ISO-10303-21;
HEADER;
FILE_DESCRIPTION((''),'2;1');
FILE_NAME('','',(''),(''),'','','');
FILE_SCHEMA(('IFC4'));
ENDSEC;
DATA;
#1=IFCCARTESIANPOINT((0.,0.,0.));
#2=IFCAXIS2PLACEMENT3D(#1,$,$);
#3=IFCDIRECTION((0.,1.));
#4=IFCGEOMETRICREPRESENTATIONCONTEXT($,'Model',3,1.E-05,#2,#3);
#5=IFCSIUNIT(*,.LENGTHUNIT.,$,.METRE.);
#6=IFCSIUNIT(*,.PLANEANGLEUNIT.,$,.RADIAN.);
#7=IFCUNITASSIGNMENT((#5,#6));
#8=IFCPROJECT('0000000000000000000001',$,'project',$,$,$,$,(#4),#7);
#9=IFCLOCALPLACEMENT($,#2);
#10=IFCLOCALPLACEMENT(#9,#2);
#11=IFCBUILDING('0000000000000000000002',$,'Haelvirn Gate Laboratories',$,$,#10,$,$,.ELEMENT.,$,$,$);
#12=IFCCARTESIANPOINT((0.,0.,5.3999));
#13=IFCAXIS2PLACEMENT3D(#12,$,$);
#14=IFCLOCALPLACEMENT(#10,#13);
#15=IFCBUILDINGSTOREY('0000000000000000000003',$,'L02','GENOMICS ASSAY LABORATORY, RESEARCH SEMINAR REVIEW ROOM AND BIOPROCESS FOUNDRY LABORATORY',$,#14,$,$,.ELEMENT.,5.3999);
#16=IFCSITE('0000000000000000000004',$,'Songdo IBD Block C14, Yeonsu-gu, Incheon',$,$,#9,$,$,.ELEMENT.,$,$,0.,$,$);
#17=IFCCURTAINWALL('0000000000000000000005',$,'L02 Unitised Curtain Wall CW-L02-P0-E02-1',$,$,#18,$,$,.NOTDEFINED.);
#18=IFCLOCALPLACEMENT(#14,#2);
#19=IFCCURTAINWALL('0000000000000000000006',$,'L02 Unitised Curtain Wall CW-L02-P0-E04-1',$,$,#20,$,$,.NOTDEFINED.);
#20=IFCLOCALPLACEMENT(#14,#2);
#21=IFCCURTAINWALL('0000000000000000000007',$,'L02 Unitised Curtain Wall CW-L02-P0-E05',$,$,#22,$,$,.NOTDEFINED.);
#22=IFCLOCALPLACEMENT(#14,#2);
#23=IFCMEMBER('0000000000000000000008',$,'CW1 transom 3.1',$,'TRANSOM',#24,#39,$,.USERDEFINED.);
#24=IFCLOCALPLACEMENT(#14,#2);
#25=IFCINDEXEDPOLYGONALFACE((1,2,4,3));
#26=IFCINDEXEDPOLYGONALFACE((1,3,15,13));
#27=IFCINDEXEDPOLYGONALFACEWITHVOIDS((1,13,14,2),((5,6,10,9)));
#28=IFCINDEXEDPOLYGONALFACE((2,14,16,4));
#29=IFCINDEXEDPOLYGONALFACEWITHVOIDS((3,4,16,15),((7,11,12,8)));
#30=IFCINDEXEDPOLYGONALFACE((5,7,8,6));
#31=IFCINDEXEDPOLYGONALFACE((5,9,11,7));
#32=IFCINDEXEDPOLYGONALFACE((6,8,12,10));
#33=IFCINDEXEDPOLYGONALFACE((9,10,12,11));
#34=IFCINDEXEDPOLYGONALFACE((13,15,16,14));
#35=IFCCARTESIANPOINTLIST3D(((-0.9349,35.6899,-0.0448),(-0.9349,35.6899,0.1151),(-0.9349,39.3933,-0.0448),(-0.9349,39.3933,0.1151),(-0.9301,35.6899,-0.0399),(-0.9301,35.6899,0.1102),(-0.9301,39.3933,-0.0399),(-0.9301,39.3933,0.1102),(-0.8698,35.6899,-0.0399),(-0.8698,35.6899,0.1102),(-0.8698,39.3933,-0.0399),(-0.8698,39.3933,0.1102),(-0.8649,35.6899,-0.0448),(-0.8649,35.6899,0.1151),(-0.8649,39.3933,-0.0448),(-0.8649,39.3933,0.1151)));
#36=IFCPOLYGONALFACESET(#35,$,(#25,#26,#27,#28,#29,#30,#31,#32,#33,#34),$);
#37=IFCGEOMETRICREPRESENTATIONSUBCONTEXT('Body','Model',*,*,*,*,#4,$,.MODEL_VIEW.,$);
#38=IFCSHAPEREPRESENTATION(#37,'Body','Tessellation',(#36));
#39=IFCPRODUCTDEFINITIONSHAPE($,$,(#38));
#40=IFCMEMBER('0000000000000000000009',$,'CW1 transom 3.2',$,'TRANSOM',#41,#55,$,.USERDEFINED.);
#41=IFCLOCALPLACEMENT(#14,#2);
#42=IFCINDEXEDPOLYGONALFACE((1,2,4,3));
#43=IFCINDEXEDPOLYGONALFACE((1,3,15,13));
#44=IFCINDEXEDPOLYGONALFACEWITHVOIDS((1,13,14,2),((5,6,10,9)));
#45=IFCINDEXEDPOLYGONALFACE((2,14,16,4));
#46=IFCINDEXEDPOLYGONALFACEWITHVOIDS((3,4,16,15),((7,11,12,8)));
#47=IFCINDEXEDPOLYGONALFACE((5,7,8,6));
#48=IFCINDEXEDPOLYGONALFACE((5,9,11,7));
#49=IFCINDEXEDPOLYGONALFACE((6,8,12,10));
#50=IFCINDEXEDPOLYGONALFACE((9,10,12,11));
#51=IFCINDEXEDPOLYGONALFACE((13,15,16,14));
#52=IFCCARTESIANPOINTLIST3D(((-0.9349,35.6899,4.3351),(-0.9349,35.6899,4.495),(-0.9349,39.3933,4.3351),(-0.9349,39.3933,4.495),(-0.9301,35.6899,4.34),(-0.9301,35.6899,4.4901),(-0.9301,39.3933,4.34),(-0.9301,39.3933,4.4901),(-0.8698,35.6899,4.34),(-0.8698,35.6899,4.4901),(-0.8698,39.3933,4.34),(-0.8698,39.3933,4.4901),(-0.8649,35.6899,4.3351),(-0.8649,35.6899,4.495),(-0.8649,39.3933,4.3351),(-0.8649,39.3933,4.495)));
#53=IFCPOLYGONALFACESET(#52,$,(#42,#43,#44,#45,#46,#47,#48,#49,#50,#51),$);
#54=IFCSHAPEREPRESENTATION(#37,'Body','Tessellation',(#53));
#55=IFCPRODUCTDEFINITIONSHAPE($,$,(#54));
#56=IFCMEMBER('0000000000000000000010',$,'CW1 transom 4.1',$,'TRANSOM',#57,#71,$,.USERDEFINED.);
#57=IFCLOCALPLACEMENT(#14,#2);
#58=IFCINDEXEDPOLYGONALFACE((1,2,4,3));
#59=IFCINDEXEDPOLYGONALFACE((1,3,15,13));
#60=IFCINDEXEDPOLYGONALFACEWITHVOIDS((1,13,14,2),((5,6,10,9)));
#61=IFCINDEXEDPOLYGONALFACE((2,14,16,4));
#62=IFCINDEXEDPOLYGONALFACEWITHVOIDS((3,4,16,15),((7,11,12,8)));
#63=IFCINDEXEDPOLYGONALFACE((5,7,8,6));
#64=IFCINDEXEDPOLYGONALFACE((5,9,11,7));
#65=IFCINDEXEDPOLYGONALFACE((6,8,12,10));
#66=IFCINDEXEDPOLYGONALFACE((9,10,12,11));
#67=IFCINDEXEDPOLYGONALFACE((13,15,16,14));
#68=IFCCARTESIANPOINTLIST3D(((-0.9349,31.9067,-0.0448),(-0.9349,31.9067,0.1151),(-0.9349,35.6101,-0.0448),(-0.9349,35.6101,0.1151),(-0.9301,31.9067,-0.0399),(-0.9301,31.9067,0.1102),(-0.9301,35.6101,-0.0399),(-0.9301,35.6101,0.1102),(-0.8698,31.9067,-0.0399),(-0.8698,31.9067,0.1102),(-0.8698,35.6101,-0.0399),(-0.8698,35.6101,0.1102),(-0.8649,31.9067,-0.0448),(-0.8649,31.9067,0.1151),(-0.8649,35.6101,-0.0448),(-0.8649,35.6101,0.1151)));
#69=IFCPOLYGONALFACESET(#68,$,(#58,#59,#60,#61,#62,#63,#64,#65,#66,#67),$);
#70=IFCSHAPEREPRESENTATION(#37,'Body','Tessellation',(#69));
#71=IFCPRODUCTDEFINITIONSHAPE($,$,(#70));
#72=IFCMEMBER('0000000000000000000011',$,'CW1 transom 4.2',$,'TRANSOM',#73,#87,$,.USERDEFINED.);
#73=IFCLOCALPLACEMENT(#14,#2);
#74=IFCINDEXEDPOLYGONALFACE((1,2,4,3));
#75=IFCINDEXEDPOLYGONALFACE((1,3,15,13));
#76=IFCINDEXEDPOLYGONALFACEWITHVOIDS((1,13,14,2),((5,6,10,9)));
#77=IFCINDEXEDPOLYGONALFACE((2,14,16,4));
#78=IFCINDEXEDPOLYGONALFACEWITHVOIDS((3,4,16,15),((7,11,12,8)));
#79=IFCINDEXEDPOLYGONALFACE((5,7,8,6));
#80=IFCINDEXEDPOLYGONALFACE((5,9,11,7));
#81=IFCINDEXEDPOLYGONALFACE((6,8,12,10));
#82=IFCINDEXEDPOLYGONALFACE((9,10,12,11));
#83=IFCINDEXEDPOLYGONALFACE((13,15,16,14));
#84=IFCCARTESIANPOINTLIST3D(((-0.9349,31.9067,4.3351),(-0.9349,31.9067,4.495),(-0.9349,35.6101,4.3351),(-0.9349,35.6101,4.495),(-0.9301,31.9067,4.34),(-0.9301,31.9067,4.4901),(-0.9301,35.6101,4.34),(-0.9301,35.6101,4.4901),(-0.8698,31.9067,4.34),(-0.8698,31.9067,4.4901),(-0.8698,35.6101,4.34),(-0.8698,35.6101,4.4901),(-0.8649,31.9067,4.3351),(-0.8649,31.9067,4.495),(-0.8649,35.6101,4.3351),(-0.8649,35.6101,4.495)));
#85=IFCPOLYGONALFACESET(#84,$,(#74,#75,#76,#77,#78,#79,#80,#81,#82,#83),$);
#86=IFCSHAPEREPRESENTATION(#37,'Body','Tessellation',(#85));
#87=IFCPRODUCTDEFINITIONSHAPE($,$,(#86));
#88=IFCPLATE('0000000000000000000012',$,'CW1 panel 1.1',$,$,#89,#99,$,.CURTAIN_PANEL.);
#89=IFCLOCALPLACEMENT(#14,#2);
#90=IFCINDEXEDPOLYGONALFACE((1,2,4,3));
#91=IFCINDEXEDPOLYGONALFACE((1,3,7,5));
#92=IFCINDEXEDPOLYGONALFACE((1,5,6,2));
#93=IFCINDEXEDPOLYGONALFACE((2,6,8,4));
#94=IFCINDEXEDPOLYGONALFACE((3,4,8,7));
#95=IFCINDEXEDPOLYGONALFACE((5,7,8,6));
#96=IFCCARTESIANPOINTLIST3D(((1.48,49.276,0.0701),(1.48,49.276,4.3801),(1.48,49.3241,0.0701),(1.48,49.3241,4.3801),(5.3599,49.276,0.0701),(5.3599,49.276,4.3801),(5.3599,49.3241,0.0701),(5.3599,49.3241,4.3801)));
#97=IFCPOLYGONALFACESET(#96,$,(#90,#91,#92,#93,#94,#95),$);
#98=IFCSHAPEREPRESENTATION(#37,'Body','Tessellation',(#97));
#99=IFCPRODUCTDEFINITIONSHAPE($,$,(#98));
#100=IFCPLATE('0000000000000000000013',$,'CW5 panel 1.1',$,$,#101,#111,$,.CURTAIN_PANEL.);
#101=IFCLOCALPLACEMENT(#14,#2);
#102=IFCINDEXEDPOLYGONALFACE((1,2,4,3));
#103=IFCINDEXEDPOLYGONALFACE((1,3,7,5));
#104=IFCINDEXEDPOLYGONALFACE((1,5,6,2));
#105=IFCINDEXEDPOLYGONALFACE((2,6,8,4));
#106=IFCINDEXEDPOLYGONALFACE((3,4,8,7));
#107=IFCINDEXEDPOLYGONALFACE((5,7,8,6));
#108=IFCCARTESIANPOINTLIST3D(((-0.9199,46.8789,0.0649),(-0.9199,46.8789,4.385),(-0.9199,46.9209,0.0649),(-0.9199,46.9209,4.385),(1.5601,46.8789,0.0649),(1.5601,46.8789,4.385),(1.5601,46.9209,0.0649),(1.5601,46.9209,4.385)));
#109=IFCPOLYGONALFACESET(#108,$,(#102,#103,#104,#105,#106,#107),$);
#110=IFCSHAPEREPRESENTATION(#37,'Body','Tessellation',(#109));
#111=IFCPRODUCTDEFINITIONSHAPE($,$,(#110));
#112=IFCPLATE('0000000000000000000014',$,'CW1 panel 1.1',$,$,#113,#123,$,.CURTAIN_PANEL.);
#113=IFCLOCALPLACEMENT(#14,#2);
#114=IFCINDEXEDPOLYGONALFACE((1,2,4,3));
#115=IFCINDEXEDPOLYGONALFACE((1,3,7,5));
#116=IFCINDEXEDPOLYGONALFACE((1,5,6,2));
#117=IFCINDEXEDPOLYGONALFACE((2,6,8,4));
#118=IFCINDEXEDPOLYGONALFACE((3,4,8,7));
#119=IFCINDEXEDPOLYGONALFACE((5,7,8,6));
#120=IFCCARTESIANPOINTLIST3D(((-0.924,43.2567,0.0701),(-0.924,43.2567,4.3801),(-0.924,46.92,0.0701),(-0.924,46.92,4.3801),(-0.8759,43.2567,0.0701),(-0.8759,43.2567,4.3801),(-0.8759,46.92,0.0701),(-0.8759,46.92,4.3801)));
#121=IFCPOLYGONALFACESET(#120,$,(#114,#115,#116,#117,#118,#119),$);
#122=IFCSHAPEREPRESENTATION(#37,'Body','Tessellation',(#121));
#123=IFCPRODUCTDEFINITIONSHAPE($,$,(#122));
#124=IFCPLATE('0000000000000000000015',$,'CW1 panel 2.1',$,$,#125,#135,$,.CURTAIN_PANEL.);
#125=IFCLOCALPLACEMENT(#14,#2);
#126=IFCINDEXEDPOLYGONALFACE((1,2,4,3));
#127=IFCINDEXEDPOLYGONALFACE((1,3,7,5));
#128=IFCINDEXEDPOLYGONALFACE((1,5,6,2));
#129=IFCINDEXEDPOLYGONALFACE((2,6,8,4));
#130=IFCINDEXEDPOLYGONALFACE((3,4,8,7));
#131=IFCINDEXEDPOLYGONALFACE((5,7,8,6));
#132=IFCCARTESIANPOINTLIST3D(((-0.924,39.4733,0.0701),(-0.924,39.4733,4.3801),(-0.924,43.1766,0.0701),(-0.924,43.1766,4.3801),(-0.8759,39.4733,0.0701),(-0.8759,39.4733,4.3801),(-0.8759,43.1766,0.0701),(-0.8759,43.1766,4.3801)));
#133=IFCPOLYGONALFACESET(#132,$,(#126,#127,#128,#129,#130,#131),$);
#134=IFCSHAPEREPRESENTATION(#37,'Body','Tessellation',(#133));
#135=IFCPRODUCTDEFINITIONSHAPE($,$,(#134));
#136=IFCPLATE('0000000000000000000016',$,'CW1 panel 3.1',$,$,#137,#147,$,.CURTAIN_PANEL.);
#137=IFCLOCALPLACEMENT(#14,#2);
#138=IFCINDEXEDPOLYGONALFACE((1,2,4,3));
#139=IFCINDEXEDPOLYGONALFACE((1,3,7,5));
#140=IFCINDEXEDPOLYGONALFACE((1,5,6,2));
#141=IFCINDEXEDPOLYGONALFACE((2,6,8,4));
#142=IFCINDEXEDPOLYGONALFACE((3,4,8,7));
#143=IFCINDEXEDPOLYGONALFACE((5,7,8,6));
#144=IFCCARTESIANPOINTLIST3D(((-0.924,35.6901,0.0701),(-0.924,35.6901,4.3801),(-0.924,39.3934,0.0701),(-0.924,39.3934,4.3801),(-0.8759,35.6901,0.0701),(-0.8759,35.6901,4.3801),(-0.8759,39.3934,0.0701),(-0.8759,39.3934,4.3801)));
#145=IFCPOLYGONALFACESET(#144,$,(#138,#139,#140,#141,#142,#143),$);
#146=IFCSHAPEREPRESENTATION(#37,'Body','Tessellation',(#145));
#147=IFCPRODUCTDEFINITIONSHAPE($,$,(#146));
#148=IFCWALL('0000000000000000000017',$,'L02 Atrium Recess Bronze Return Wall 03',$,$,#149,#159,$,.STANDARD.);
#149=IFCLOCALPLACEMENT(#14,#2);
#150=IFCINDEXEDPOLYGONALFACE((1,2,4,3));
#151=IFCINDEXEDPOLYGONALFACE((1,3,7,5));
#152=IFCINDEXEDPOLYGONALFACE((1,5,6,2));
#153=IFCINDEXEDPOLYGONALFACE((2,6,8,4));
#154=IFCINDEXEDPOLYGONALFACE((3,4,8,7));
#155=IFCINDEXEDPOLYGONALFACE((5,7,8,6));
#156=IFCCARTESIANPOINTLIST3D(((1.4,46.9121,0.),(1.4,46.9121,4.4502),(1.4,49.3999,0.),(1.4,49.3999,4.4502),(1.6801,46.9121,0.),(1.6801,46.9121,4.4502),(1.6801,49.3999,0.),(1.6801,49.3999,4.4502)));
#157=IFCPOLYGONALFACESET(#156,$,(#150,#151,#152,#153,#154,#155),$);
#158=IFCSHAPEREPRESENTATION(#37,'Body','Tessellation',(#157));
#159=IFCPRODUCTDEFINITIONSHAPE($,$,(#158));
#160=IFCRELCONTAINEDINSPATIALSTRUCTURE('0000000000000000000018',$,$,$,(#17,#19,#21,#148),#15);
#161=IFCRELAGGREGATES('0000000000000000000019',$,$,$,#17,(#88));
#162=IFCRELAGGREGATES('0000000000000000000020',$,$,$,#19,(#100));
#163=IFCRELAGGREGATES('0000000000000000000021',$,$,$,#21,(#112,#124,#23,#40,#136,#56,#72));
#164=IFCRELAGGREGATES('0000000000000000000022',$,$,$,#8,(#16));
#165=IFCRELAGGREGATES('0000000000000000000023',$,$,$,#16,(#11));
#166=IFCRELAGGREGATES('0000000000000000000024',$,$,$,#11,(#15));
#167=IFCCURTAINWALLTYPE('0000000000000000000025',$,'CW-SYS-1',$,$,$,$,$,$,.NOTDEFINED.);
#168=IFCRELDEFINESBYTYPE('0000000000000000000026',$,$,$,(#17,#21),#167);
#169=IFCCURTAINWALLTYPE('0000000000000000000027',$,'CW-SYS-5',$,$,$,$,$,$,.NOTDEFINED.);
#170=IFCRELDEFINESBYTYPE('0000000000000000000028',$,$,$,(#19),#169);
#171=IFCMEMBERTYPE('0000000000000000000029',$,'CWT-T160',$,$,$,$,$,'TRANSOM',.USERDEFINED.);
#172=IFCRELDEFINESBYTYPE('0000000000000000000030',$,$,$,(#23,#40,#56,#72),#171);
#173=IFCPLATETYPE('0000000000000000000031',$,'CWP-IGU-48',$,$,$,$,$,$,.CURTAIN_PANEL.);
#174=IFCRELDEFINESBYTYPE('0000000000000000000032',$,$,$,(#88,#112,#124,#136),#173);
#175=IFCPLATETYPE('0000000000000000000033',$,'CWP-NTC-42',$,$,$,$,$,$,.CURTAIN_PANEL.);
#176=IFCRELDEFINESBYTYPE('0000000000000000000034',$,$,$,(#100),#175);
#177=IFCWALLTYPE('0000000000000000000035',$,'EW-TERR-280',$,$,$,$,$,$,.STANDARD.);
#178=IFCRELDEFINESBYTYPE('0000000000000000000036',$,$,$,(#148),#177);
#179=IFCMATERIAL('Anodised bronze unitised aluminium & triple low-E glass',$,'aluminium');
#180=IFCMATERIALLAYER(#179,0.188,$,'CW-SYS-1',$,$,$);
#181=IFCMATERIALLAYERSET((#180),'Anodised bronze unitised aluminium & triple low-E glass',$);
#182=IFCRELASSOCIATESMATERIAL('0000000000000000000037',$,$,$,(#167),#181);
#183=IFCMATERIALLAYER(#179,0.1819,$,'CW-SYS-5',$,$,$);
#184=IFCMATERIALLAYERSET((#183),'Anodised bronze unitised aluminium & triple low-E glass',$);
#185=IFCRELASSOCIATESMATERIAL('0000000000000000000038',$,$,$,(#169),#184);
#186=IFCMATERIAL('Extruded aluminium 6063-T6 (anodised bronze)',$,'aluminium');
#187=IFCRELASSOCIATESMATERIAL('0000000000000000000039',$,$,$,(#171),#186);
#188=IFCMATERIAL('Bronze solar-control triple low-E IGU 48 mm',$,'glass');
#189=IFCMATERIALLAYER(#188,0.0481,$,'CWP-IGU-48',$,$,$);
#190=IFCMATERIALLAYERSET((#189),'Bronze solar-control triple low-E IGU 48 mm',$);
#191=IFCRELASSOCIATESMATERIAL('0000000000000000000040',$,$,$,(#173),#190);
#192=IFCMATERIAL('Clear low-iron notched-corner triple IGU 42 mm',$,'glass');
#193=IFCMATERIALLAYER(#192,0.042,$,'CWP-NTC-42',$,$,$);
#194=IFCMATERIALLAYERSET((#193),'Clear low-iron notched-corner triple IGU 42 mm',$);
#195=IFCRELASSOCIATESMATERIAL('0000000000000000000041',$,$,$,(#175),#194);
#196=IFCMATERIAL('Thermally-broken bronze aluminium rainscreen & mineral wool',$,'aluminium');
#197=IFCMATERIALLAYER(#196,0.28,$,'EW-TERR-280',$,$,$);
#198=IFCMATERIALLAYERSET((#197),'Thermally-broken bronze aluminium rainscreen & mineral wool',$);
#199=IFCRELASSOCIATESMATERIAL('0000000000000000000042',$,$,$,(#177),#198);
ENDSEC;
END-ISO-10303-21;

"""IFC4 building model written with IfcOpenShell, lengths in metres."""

from ifc_helpers import new_model, si_unit, direction, frame, frame_2d, origin, origin_2d, place, context, subcontext, project, spatial, rectangle, hollow_rectangle, extrude, source, transform, mapped, material, layer, layer_set, material_profile, profile_set, type_object, type_shapes, element, aggregate, save


model = new_model("IFC4")

# Units and contexts
model_context = context("Model", 3, precision=1e-05, world=origin(), true_north=direction((0.0, 1.0)))
body_context = subcontext(model_context, "Body", "Model", "MODEL_VIEW")
ifc_project = project(units=[si_unit("LENGTHUNIT", "METRE"), si_unit("PLANEANGLEUNIT", "RADIAN")], contexts=[model_context])

# Site, building, storey
site_placement = place(None, origin())
site = spatial("IfcSite", under=ifc_project, at=site_placement, Name="Songdo IBD Block C14, Yeonsu-gu, Incheon", CompositionType="ELEMENT", RefElevation=0.0)
building_placement = place(site_placement, origin())
building = spatial("IfcBuilding", under=site, at=building_placement, Name="Haelvirn Gate Laboratories", CompositionType="ELEMENT")
storey_placement = place(building_placement, frame((0.0, 0.0, 5.3999)))
storey = spatial("IfcBuildingStorey", under=building, at=storey_placement, Name="L02", Description="GENOMICS ASSAY LABORATORY, RESEARCH SEMINAR REVIEW ROOM AND BIOPROCESS FOUNDRY LABORATORY", CompositionType="ELEMENT", Elevation=5.3999)

# Curtain walls
ifc_material_1 = material(Name="Anodised bronze unitised aluminium & triple low-E glass", Category="aluminium")
ifc_layer_1 = layer(ifc_material_1, 0.188, Name="CW-SYS-1")
ifc_layer_set_1 = layer_set([ifc_layer_1], Name="Anodised bronze unitised aluminium & triple low-E glass")
curtain_wall_type_1 = type_object("IfcCurtainWallType", Name="CW-SYS-1", PredefinedType="NOTDEFINED", material=ifc_layer_set_1)
curtain_wall_1_placement = place(storey_placement, origin())
curtain_wall_1 = element("IfcCurtainWall", 1, at=curtain_wall_1_placement, inside=storey, type_object=curtain_wall_type_1, Name="L02 Unitised Curtain Wall CW-L02-P0-E02-1", PredefinedType="NOTDEFINED")
ifc_material_2 = material(Name="Extruded aluminium 6063-T6 (anodised bronze)", Category="aluminium")
ifc_layer_2 = layer(ifc_material_1, 0.1819, Name="CW-SYS-5")
ifc_layer_set_2 = layer_set([ifc_layer_2], Name="Anodised bronze unitised aluminium & triple low-E glass")
curtain_wall_type_2 = type_object("IfcCurtainWallType", Name="CW-SYS-5", PredefinedType="NOTDEFINED", material=ifc_layer_set_2)
curtain_wall_2_placement = place(storey_placement, origin())
curtain_wall_2 = element("IfcCurtainWall", 2, at=curtain_wall_2_placement, inside=storey, type_object=curtain_wall_type_2, Name="L02 Unitised Curtain Wall CW-L02-P0-E04-1", PredefinedType="NOTDEFINED")
curtain_wall_3_placement = place(storey_placement, origin())
curtain_wall_3 = element("IfcCurtainWall", 3, at=curtain_wall_3_placement, inside=storey, type_object=curtain_wall_type_1, Name="L02 Unitised Curtain Wall CW-L02-P0-E05", PredefinedType="NOTDEFINED")

# Members
ifc_material_profile_1 = material_profile(ifc_material_2, hollow_rectangle(XDim=0.0701, YDim=0.1599, WallThickness=0.0049, at=origin_2d()), Name="CWT-160x70x5")
ifc_profile_set_1 = profile_set([ifc_material_profile_1], Name="Extruded aluminium 6063-T6 (anodised bronze)")
member_type_1 = type_object("IfcMemberType", Name="CWT-T160", ElementType="TRANSOM", PredefinedType="USERDEFINED", material=ifc_profile_set_1)
shared_shape_1 = source(origin(), body_context, "Body", "SweptSolid", [
    extrude(hollow_rectangle(XDim=0.0701, YDim=0.1599, WallThickness=0.0049, at=origin_2d()), origin(), (0.0, 0.0, 1.0), 3.7034),
])
member_1_placement = place(storey_placement, frame((-0.8999, 39.3933, 0.0352), z_axis=(0.0, -1.0, 0.0), x_axis=(1.0, 0.0, 0.0)))
member_1 = element("IfcMember", 4, at=member_1_placement, type_object=member_type_1, Name="CW1 transom 3.1", ObjectType="TRANSOM", PredefinedType="USERDEFINED", context=body_context, shape_type="MappedRepresentation", body=[
    mapped(shared_shape_1, transform((0.0, 0.0, 0.0), scale=1.0)),
])
member_2_placement = place(storey_placement, frame((-0.8999, 39.3933, 4.415), z_axis=(0.0, -1.0, 0.0), x_axis=(1.0, 0.0, 0.0)))
member_2 = element("IfcMember", 5, at=member_2_placement, type_object=member_type_1, Name="CW1 transom 3.2", ObjectType="TRANSOM", PredefinedType="USERDEFINED", context=body_context, shape_type="MappedRepresentation", body=[
    mapped(shared_shape_1, transform((0.0, 0.0, 0.0), scale=1.0)),
])
member_3_placement = place(storey_placement, frame((-0.8999, 35.6101, 0.0352), z_axis=(0.0, -1.0, 0.0), x_axis=(1.0, 0.0, 0.0)))
member_3 = element("IfcMember", 6, at=member_3_placement, type_object=member_type_1, Name="CW1 transom 4.1", ObjectType="TRANSOM", PredefinedType="USERDEFINED", context=body_context, shape_type="MappedRepresentation", body=[
    mapped(shared_shape_1, transform((0.0, 0.0, 0.0), scale=1.0)),
])
member_4_placement = place(storey_placement, frame((-0.8999, 35.6101, 4.415), z_axis=(0.0, -1.0, 0.0), x_axis=(1.0, 0.0, 0.0)))
member_4 = element("IfcMember", 7, at=member_4_placement, type_object=member_type_1, Name="CW1 transom 4.2", ObjectType="TRANSOM", PredefinedType="USERDEFINED", context=body_context, shape_type="MappedRepresentation", body=[
    mapped(shared_shape_1, transform((0.0, 0.0, 0.0), scale=1.0)),
])

# Plates
ifc_material_3 = material(Name="Bronze solar-control triple low-E IGU 48 mm", Category="glass")
ifc_layer_3 = layer(ifc_material_3, 0.0481, Name="CWP-IGU-48")
ifc_layer_set_3 = layer_set([ifc_layer_3], Name="Bronze solar-control triple low-E IGU 48 mm")
plate_type_1 = type_object("IfcPlateType", Name="CWP-IGU-48", PredefinedType="CURTAIN_PANEL", material=ifc_layer_set_3)
shared_shape_2 = source(origin(), body_context, "Body", "SweptSolid", [
    extrude(rectangle(XDim=3.8799, YDim=0.0481, at=origin_2d()), origin(), (0.0, 0.0, 1.0), 4.3101),
])
plate_1_placement = place(storey_placement, frame((3.4199, 49.3, 0.0701), z_axis=(0.0, 0.0, 1.0), x_axis=(1.0, 0.0, 0.0)))
plate_1 = element("IfcPlate", 8, at=plate_1_placement, type_object=plate_type_1, Name="CW1 panel 1.1", PredefinedType="CURTAIN_PANEL", context=body_context, shape_type="MappedRepresentation", body=[
    mapped(shared_shape_2, transform((0.0, 0.0, 0.0), scale=1.0)),
])
aggregate(curtain_wall_1, [plate_1])
ifc_material_4 = material(Name="Clear low-iron notched-corner triple IGU 42 mm", Category="glass")
ifc_layer_4 = layer(ifc_material_4, 0.042, Name="CWP-NTC-42")
ifc_layer_set_4 = layer_set([ifc_layer_4], Name="Clear low-iron notched-corner triple IGU 42 mm")
plate_type_2 = type_object("IfcPlateType", Name="CWP-NTC-42", PredefinedType="CURTAIN_PANEL", material=ifc_layer_set_4)
shared_shape_3 = source(origin(), body_context, "Body", "SweptSolid", [
    extrude(rectangle(XDim=2.48, YDim=0.042, at=origin_2d()), origin(), (0.0, 0.0, 1.0), 4.3201),
])
type_shapes(plate_type_2, [shared_shape_3])
plate_2_placement = place(storey_placement, frame((0.3201, 46.8999, 0.0649), z_axis=(0.0, 0.0, 1.0), x_axis=(1.0, 0.0, 0.0)))
plate_2 = element("IfcPlate", 9, at=plate_2_placement, type_object=plate_type_2, Name="CW5 panel 1.1", PredefinedType="CURTAIN_PANEL", context=body_context, shape_type="MappedRepresentation", body=[
    mapped(shared_shape_3, transform((0.0, 0.0, 0.0), scale=1.0)),
])
aggregate(curtain_wall_2, [plate_2])
shared_shape_4 = source(origin(), body_context, "Body", "SweptSolid", [
    extrude(rectangle(XDim=3.6633, YDim=0.0481, at=origin_2d()), origin(), (0.0, 0.0, 1.0), 4.3101),
])
plate_3_placement = place(storey_placement, frame((-0.8999, 45.0884, 0.0701), z_axis=(0.0, 0.0, 1.0), x_axis=(0.0, -1.0, 0.0)))
plate_3 = element("IfcPlate", 10, at=plate_3_placement, type_object=plate_type_1, Name="CW1 panel 1.1", PredefinedType="CURTAIN_PANEL", context=body_context, shape_type="MappedRepresentation", body=[
    mapped(shared_shape_4, transform((0.0, 0.0, 0.0), scale=1.0)),
])
shared_shape_5 = source(origin(), body_context, "Body", "SweptSolid", [
    extrude(rectangle(XDim=3.7034, YDim=0.0481, at=origin_2d()), origin(), (0.0, 0.0, 1.0), 4.3101),
])
type_shapes(plate_type_1, [shared_shape_2, shared_shape_4, shared_shape_5])
plate_4_placement = place(storey_placement, frame((-0.8999, 41.325, 0.0701), z_axis=(0.0, 0.0, 1.0), x_axis=(0.0, -1.0, 0.0)))
plate_4 = element("IfcPlate", 11, at=plate_4_placement, type_object=plate_type_1, Name="CW1 panel 2.1", PredefinedType="CURTAIN_PANEL", context=body_context, shape_type="MappedRepresentation", body=[
    mapped(shared_shape_5, transform((0.0, 0.0, 0.0), scale=1.0)),
])
plate_5_placement = place(storey_placement, frame((-0.8999, 37.5417, 0.0701), z_axis=(0.0, 0.0, 1.0), x_axis=(0.0, -1.0, 0.0)))
plate_5 = element("IfcPlate", 12, at=plate_5_placement, type_object=plate_type_1, Name="CW1 panel 3.1", PredefinedType="CURTAIN_PANEL", context=body_context, shape_type="MappedRepresentation", body=[
    mapped(shared_shape_5, transform((0.0, 0.0, 0.0), scale=1.0)),
])
aggregate(curtain_wall_3, [plate_3, plate_4, member_1, member_2, plate_5, member_3, member_4])

# Wall
ifc_material_5 = material(Name="Thermally-broken bronze aluminium rainscreen & mineral wool", Category="aluminium")
ifc_layer_5 = layer(ifc_material_5, 0.28, Name="EW-TERR-280")
ifc_layer_set_5 = layer_set([ifc_layer_5], Name="Thermally-broken bronze aluminium rainscreen & mineral wool")
wall_type_1 = type_object("IfcWallType", Name="EW-TERR-280", PredefinedType="STANDARD", material=ifc_layer_set_5)
wall_1_placement = place(storey_placement, frame((1.54, 49.3999, 0.0), z_axis=(0.0, 0.0, 1.0), x_axis=(0.0, -1.0, 0.0)))
element("IfcWall", 13, at=wall_1_placement, inside=storey, type_object=wall_type_1, Name="L02 Atrium Recess Bronze Return Wall 03", PredefinedType="STANDARD", context=body_context, shape_type="SweptSolid", body=[
    extrude(rectangle(XDim=2.4878, YDim=0.28, at=frame_2d((1.2439, 0.0))), origin(), (0.0, 0.0, 1.0), 4.4502),
])

save(model, "model.ifc")
